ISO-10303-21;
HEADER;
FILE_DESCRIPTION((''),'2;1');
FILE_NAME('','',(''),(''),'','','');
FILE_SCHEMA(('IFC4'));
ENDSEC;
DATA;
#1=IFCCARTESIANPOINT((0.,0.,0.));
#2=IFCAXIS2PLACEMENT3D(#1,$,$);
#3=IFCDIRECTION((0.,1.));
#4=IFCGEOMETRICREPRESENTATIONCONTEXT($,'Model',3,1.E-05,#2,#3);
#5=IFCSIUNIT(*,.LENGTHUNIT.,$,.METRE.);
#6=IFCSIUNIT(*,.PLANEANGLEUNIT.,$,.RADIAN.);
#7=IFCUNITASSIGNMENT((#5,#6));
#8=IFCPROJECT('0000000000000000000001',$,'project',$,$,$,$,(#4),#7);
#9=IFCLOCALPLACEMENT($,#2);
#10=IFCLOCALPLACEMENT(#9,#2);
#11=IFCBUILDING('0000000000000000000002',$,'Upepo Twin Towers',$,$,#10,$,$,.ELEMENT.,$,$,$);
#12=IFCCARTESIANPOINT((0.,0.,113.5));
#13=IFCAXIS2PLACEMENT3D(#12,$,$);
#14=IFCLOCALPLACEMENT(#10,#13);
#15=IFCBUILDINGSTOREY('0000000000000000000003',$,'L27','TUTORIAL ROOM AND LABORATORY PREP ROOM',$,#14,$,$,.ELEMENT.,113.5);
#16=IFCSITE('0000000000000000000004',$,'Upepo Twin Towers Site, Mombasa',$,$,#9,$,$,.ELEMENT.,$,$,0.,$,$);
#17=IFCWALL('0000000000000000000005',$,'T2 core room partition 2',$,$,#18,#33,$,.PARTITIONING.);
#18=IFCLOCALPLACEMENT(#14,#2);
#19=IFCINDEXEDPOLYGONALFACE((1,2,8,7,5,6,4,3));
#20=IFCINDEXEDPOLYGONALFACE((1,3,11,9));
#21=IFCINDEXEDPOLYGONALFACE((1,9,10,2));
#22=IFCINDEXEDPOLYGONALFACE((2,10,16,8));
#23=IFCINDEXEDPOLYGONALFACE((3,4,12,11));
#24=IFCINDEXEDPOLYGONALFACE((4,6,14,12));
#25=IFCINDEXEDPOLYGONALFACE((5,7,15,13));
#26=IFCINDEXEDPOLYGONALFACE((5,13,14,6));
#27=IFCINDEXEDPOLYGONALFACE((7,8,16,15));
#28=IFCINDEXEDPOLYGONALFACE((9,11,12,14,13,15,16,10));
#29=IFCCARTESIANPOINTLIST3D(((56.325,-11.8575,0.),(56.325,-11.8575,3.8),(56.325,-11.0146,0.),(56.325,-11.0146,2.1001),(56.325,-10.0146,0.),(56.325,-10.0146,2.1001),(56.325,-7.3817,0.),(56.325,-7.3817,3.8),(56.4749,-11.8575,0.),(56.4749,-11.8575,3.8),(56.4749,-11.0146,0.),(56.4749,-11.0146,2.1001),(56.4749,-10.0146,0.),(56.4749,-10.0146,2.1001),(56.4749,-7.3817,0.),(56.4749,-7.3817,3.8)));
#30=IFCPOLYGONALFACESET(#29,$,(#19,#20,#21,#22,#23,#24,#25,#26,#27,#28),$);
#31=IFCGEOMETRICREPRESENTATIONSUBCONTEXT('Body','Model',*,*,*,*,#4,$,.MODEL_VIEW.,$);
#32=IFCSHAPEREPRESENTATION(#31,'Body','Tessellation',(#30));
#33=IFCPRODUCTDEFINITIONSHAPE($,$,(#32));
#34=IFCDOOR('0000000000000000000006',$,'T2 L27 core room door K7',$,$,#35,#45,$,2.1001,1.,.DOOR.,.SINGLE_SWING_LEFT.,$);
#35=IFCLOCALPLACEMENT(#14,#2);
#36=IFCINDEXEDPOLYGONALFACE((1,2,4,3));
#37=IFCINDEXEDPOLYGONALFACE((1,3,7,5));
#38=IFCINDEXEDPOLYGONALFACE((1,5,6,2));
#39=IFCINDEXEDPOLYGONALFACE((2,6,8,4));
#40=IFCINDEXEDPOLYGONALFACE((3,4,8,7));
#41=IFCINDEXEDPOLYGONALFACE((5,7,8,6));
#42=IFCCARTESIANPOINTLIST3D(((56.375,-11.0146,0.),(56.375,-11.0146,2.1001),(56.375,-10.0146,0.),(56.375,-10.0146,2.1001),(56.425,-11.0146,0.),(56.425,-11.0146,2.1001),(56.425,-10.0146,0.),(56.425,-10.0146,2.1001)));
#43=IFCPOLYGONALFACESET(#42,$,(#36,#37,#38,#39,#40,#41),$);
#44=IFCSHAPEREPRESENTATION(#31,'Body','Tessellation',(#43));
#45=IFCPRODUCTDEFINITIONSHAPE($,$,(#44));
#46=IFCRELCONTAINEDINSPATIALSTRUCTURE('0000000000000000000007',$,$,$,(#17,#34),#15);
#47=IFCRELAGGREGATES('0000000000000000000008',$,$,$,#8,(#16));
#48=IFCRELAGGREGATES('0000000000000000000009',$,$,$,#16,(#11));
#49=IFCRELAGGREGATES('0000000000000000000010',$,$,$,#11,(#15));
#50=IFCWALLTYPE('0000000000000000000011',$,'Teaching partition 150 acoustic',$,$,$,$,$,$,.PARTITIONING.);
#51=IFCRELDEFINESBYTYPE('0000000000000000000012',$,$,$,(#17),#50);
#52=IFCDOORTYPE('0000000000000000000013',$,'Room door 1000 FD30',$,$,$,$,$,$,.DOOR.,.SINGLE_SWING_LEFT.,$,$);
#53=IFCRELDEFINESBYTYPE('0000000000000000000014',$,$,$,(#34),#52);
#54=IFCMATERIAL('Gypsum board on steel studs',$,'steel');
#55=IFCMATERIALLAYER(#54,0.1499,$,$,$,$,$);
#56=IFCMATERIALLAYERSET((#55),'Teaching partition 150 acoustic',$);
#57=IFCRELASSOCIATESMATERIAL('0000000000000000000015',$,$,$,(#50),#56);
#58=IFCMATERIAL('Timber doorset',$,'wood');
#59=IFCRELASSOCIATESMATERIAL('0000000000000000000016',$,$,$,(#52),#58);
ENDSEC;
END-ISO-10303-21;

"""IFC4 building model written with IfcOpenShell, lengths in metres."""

from ifc_helpers import new_model, si_unit, direction, frame, frame_2d, origin, place, context, subcontext, project, spatial, rectangle, extrude, material, layer, layer_set, type_object, element, fill, save


model = new_model("IFC4")

# Units and contexts
model_context = context("Model", 3, precision=1e-05, world=origin(), true_north=direction((0.0, 1.0)))
body_context = subcontext(model_context, "Body", "Model", "MODEL_VIEW")
ifc_project = project(units=[si_unit("LENGTHUNIT", "METRE"), si_unit("PLANEANGLEUNIT", "RADIAN")], contexts=[model_context])

# Site, building, storey
site_placement = place(None, origin())
site = spatial("IfcSite", under=ifc_project, at=site_placement, Name="Upepo Twin Towers Site, Mombasa", CompositionType="ELEMENT", RefElevation=0.0)
building_placement = place(site_placement, origin())
building = spatial("IfcBuilding", under=site, at=building_placement, Name="Upepo Twin Towers", CompositionType="ELEMENT")
storey_placement = place(building_placement, frame((0.0, 0.0, 113.5)))
storey = spatial("IfcBuildingStorey", under=building, at=storey_placement, Name="L27", Description="TUTORIAL ROOM AND LABORATORY PREP ROOM", CompositionType="ELEMENT", Elevation=113.5)

# Wall, opening, door
ifc_material_1 = material(Name="Gypsum board on steel studs", Category="steel")
ifc_layer_1 = layer(ifc_material_1, 0.1499)
ifc_layer_set_1 = layer_set([ifc_layer_1], Name="Teaching partition 150 acoustic")
wall_type_1 = type_object("IfcWallType", Name="Teaching partition 150 acoustic", PredefinedType="PARTITIONING", material=ifc_layer_set_1)
ifc_material_2 = material(Name="Timber doorset", Category="wood")
door_type_1 = type_object("IfcDoorType", Name="Room door 1000 FD30", OperationType="SINGLE_SWING_LEFT", PredefinedType="DOOR", material=ifc_material_2)
wall_1_placement = place(storey_placement, frame((56.3999, -11.8574, 0.0), z_axis=(0.0, 0.0, 1.0), x_axis=(0.0, 1.0, 0.0)))
wall_1 = element("IfcWall", 1, at=wall_1_placement, inside=storey, type_object=wall_type_1, Name="T2 core room partition 2", PredefinedType="PARTITIONING", context=body_context, shape_type="SweptSolid", body=[
    extrude(rectangle(XDim=4.4758, YDim=0.1499, at=frame_2d((2.2378, 0.0))), origin(), (0.0, 0.0, 1.0), 3.8),
])
opening_1_placement = place(wall_1_placement, frame((0.8428, 0.0, 0.0)))
opening_1 = element("IfcOpeningElement", 2, at=opening_1_placement, cuts=wall_1, PredefinedType="OPENING", context=body_context, shape_type="SweptSolid", body=[
    extrude(rectangle(XDim=1.0, YDim=2.1001, at=frame_2d((0.5, 1.05))), frame((0.0, 0.085, 0.0), z_axis=(0.0, -1.0, 0.0), x_axis=(1.0, 0.0, 0.0)), (0.0, 0.0, 1.0), 0.1699),
])
door_1_placement = place(opening_1_placement, origin())
door_1 = element("IfcDoor", 3, at=door_1_placement, inside=storey, type_object=door_type_1, Name="T2 L27 core room door K7", OperationType="SINGLE_SWING_LEFT", OverallHeight=2.1001, OverallWidth=1.0, PredefinedType="DOOR", context=body_context, shape_type="SweptSolid", body=[
    extrude(rectangle(XDim=1.0, YDim=2.1001, at=frame_2d((0.5, 1.05))), frame((0.0, 0.0249, 0.0), z_axis=(0.0, -1.0, 0.0), x_axis=(1.0, 0.0, 0.0)), (0.0, 0.0, 1.0), 0.05),
])
fill(opening_1, door_1)

save(model, "model.ifc")
